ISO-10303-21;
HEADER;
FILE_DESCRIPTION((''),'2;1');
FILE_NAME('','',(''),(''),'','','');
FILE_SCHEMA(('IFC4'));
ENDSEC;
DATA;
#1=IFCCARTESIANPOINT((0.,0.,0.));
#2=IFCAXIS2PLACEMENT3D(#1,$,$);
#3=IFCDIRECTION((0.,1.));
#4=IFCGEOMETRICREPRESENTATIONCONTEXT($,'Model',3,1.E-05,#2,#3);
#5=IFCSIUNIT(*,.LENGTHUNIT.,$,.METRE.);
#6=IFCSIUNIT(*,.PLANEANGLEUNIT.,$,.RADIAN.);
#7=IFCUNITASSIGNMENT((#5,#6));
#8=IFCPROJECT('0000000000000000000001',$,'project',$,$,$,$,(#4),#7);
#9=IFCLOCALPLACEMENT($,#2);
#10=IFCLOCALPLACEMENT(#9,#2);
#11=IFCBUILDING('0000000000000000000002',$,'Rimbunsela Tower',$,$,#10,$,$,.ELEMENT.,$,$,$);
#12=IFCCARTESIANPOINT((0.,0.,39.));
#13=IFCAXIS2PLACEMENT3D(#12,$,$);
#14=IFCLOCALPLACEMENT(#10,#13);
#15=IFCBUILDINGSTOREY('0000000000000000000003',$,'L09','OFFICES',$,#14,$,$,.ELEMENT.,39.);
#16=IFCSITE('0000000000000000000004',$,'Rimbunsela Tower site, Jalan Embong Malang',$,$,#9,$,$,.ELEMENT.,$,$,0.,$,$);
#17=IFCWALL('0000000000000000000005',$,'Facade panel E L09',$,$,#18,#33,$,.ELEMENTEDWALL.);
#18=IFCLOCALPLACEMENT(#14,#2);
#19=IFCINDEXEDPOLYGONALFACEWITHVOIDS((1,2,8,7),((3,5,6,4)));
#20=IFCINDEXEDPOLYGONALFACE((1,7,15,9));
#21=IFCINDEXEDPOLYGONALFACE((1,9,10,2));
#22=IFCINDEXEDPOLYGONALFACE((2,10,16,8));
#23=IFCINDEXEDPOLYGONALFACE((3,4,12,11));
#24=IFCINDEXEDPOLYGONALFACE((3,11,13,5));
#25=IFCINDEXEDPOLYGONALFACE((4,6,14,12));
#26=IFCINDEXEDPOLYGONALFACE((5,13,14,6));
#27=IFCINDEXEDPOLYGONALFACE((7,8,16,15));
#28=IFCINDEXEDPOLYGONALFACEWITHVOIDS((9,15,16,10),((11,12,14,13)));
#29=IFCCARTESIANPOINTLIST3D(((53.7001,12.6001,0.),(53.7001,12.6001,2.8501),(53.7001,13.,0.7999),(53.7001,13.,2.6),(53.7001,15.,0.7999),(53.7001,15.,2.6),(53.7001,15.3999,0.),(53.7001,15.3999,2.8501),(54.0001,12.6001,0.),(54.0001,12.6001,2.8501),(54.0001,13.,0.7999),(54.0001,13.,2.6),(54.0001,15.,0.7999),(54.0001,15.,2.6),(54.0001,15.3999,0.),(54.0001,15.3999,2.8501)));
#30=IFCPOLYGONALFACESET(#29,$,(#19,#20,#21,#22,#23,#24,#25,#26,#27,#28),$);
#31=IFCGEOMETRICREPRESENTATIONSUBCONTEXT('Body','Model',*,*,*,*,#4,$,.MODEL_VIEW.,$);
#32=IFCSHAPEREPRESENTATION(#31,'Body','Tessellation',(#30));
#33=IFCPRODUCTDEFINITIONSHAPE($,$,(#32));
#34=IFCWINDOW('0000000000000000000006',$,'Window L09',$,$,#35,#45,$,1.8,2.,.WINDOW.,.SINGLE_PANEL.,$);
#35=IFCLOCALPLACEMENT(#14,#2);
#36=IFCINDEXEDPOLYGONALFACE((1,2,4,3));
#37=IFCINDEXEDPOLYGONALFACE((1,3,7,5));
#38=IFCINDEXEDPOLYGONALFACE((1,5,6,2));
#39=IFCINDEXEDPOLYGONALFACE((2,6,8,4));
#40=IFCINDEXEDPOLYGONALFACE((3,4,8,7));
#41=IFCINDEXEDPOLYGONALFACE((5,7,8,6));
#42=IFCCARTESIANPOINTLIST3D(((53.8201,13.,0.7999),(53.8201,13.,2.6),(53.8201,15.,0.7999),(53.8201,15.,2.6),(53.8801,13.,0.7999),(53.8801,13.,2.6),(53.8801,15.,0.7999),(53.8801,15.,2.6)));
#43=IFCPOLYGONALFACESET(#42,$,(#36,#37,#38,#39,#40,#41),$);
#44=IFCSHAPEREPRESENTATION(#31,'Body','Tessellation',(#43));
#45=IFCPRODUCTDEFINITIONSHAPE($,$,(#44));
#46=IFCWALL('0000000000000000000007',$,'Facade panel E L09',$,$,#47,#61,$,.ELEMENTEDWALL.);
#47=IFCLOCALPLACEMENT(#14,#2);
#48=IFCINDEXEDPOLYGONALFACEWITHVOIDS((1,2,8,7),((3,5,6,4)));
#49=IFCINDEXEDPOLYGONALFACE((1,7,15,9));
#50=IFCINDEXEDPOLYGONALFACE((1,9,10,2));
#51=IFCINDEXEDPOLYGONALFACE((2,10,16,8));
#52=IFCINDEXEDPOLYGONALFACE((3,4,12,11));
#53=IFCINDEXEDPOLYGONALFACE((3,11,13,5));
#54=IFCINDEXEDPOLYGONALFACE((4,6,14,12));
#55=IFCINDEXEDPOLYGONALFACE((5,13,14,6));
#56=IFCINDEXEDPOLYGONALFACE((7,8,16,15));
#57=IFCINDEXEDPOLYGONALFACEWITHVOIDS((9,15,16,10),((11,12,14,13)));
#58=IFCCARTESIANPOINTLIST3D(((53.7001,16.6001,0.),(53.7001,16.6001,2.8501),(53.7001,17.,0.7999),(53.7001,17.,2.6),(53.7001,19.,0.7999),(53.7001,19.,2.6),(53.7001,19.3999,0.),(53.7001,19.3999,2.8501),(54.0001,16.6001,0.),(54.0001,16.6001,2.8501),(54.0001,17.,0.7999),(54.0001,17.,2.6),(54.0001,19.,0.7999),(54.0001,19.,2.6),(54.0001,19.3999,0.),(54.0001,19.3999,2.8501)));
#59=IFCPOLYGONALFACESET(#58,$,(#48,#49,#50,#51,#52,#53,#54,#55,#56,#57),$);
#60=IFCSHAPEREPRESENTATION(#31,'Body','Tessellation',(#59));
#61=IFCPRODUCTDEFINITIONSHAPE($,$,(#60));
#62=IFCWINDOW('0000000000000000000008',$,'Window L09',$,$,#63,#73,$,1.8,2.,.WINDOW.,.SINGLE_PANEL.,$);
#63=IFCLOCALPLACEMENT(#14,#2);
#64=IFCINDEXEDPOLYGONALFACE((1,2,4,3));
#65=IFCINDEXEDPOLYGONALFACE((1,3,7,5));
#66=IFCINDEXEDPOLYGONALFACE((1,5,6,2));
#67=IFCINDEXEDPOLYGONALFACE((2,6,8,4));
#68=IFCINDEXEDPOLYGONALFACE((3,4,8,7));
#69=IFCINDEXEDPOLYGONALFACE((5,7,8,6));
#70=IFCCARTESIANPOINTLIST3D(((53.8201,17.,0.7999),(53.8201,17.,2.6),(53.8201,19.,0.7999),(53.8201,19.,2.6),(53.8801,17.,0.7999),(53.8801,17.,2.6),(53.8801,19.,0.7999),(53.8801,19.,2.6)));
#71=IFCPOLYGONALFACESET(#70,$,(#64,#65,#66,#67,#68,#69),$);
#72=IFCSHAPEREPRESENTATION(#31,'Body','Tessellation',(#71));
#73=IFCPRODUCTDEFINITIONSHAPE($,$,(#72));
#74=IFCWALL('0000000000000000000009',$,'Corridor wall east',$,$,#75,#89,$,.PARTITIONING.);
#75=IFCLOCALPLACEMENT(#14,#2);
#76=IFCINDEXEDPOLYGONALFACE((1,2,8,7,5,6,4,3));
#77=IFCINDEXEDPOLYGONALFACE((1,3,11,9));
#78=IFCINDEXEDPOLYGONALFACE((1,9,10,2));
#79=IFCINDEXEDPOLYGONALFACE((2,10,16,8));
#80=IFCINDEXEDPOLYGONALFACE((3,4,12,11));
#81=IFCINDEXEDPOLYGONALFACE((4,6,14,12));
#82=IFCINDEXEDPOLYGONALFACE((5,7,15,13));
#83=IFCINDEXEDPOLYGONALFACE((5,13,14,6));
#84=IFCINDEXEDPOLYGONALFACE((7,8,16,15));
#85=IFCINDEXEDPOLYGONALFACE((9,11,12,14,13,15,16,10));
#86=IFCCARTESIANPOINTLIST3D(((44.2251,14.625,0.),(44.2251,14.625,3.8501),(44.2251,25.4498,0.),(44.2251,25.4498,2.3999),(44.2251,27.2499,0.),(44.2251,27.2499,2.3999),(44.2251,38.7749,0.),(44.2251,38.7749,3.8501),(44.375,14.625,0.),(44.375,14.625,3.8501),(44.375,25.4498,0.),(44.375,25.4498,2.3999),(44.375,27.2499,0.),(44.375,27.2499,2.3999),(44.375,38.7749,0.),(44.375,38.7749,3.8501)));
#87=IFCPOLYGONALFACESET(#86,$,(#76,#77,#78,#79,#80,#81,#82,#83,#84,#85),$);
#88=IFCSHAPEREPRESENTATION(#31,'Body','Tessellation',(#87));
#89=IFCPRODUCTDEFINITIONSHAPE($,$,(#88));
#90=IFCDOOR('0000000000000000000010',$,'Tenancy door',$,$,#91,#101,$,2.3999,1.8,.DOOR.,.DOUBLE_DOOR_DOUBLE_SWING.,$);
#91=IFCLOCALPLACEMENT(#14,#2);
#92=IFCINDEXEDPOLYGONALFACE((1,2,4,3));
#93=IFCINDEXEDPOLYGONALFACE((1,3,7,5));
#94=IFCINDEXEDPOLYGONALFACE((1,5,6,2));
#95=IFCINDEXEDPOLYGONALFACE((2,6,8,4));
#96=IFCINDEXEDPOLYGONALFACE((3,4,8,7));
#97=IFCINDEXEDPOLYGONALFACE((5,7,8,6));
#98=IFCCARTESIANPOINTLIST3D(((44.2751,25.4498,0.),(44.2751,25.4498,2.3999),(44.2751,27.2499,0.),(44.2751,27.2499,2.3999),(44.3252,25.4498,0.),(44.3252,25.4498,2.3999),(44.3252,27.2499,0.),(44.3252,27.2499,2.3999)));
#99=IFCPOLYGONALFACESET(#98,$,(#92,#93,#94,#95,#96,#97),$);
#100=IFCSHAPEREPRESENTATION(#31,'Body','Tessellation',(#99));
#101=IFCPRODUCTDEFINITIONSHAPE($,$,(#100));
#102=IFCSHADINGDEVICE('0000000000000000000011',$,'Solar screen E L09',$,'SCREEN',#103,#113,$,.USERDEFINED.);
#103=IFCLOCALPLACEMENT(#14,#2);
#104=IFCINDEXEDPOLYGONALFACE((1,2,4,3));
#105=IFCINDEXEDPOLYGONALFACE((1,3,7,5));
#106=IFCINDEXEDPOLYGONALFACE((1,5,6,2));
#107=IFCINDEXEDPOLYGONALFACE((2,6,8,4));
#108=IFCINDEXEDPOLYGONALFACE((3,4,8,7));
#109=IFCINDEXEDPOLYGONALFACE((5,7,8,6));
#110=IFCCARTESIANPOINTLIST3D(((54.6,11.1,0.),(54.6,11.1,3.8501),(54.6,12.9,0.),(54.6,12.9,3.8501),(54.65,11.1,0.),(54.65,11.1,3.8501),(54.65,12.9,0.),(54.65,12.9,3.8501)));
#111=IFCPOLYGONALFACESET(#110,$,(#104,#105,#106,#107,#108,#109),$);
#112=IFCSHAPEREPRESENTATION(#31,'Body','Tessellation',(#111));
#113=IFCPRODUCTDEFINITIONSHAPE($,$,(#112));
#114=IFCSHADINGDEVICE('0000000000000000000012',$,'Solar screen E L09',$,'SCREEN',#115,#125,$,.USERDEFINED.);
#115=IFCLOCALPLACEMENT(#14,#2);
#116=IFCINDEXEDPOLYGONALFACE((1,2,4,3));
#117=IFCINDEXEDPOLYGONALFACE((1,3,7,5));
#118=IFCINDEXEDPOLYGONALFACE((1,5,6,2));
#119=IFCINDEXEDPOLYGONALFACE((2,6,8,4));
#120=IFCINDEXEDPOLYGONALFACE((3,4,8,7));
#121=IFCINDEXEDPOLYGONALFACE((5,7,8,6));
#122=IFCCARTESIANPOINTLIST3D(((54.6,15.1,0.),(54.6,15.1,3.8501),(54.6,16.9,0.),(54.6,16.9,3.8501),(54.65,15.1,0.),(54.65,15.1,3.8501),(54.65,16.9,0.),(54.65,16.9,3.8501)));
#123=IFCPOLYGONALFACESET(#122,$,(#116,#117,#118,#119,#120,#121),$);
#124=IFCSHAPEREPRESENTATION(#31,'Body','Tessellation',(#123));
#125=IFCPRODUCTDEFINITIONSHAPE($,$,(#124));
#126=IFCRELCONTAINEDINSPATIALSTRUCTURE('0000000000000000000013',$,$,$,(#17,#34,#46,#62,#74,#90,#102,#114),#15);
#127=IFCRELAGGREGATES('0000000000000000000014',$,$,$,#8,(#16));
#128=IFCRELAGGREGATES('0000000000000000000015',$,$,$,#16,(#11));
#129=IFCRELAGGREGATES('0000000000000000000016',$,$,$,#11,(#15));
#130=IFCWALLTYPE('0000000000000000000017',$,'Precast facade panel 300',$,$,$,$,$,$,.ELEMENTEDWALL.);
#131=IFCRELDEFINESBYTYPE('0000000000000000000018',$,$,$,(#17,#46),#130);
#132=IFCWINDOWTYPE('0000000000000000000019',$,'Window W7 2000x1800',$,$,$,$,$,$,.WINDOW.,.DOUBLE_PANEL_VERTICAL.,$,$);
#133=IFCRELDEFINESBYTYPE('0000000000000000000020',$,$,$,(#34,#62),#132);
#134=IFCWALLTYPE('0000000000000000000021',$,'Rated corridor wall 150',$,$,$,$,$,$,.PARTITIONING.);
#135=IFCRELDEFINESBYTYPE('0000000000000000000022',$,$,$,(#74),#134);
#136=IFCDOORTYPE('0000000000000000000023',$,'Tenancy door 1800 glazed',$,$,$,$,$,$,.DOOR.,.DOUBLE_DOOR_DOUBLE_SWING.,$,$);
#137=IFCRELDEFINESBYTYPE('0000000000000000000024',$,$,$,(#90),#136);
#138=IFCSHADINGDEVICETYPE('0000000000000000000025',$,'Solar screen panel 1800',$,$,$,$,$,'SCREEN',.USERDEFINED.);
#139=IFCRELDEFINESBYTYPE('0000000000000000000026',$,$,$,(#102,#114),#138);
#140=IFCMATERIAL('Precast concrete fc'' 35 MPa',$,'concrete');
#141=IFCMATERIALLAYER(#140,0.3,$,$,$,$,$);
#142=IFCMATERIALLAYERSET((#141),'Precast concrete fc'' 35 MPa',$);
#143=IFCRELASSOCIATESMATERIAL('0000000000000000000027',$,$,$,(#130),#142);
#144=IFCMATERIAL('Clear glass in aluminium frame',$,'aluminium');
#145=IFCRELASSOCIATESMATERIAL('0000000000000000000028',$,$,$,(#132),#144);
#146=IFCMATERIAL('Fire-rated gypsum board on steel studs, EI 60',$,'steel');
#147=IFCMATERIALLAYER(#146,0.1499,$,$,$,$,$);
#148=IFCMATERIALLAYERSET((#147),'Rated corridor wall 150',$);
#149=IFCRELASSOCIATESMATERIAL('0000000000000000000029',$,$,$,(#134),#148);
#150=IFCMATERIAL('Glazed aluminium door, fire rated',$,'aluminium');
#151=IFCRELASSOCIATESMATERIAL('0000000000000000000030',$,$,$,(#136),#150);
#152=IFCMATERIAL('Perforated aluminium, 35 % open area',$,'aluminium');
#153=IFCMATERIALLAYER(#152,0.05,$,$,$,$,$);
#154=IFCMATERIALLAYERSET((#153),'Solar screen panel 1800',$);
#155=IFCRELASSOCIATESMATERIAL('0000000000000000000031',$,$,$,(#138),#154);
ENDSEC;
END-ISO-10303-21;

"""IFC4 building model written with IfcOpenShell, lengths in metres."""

from ifc_helpers import new_model, si_unit, direction, frame, frame_2d, origin, origin_2d, place, context, subcontext, project, spatial, rectangle, extrude, material, layer, layer_set, type_object, element, fill, save


model = new_model("IFC4")

# Units and contexts
model_context = context("Model", 3, precision=1e-05, world=origin(), true_north=direction((0.0, 1.0)))
body_context = subcontext(model_context, "Body", "Model", "MODEL_VIEW")
ifc_project = project(units=[si_unit("LENGTHUNIT", "METRE"), si_unit("PLANEANGLEUNIT", "RADIAN")], contexts=[model_context])

# Site, building, storey
site_placement = place(None, origin())
site = spatial("IfcSite", under=ifc_project, at=site_placement, Name="Rimbunsela Tower site, Jalan Embong Malang", CompositionType="ELEMENT", RefElevation=0.0)
building_placement = place(site_placement, origin())
building = spatial("IfcBuilding", under=site, at=building_placement, Name="Rimbunsela Tower", CompositionType="ELEMENT")
storey_placement = place(building_placement, frame((0.0, 0.0, 39.0)))
storey = spatial("IfcBuildingStorey", under=building, at=storey_placement, Name="L09", Description="OFFICES", CompositionType="ELEMENT", Elevation=39.0)

# Walls, openings, windows
ifc_material_1 = material(Name="Precast concrete fc' 35 MPa", Category="concrete")
ifc_layer_1 = layer(ifc_material_1, 0.3)
ifc_layer_set_1 = layer_set([ifc_layer_1], Name="Precast concrete fc' 35 MPa")
wall_type_1 = type_object("IfcWallType", Name="Precast facade panel 300", PredefinedType="ELEMENTEDWALL", material=ifc_layer_set_1)
wall_1_placement = place(storey_placement, frame((53.8501, 12.6001, 0.0), z_axis=(0.0, 0.0, 1.0), x_axis=(0.0, 1.0, 0.0)))
wall_1 = element("IfcWall", 1, at=wall_1_placement, inside=storey, type_object=wall_type_1, Name="Facade panel E L09", PredefinedType="ELEMENTEDWALL", context=body_context, shape_type="SweptSolid", body=[
    extrude(rectangle(XDim=2.7998, YDim=0.3, at=frame_2d((1.3999, 0.0))), origin(), (0.0, 0.0, 1.0), 2.8501),
])
opening_1_placement = place(wall_1_placement, frame((0.3999, 0.0, 0.8)))
opening_1 = element("IfcOpeningElement", 2, at=opening_1_placement, cuts=wall_1, PredefinedType="OPENING", context=body_context, shape_type="SweptSolid", body=[
    extrude(rectangle(XDim=2.0, YDim=1.8, at=frame_2d((1.0, 0.8999))), frame((0.0, 0.1599, 0.0), z_axis=(0.0, -1.0, 0.0), x_axis=(1.0, 0.0, 0.0)), (0.0, 0.0, 1.0), 0.3201),
])
ifc_material_2 = material(Name="Clear glass in aluminium frame", Category="aluminium")
window_type = type_object("IfcWindowType", Name="Window W7 2000x1800", PartitioningType="DOUBLE_PANEL_VERTICAL", PredefinedType="WINDOW", material=ifc_material_2)
window_1_placement = place(opening_1_placement, origin())
window_1 = element("IfcWindow", 3, at=window_1_placement, inside=storey, type_object=window_type, Name="Window L09", OverallHeight=1.8, OverallWidth=2.0, PartitioningType="SINGLE_PANEL", PredefinedType="WINDOW", context=body_context, shape_type="SweptSolid", body=[
    extrude(rectangle(XDim=2.0, YDim=1.8, at=frame_2d((1.0, 0.8999))), frame((0.0, 0.03, 0.0), z_axis=(0.0, -1.0, 0.0), x_axis=(1.0, 0.0, 0.0)), (0.0, 0.0, 1.0), 0.0601),
])
fill(opening_1, window_1)
wall_2_placement = place(storey_placement, frame((53.8501, 16.6001, 0.0), z_axis=(0.0, 0.0, 1.0), x_axis=(0.0, 1.0, 0.0)))
wall_2 = element("IfcWall", 4, at=wall_2_placement, inside=storey, type_object=wall_type_1, Name="Facade panel E L09", PredefinedType="ELEMENTEDWALL", context=body_context, shape_type="SweptSolid", body=[
    extrude(rectangle(XDim=2.7998, YDim=0.3, at=frame_2d((1.3999, 0.0))), origin(), (0.0, 0.0, 1.0), 2.8501),
])
opening_2_placement = place(wall_2_placement, frame((0.3999, 0.0, 0.8)))
opening_2 = element("IfcOpeningElement", 5, at=opening_2_placement, cuts=wall_2, PredefinedType="OPENING", context=body_context, shape_type="SweptSolid", body=[
    extrude(rectangle(XDim=2.0, YDim=1.8, at=frame_2d((1.0, 0.8999))), frame((0.0, 0.1599, 0.0), z_axis=(0.0, -1.0, 0.0), x_axis=(1.0, 0.0, 0.0)), (0.0, 0.0, 1.0), 0.3201),
])
window_2_placement = place(opening_2_placement, origin())
window_2 = element("IfcWindow", 6, at=window_2_placement, inside=storey, type_object=window_type, Name="Window L09", OverallHeight=1.8, OverallWidth=2.0, PartitioningType="SINGLE_PANEL", PredefinedType="WINDOW", context=body_context, shape_type="SweptSolid", body=[
    extrude(rectangle(XDim=2.0, YDim=1.8, at=frame_2d((1.0, 0.8999))), frame((0.0, 0.03, 0.0), z_axis=(0.0, -1.0, 0.0), x_axis=(1.0, 0.0, 0.0)), (0.0, 0.0, 1.0), 0.0601),
])
fill(opening_2, window_2)

# Wall, opening, door
ifc_material_3 = material(Name="Fire-rated gypsum board on steel studs, EI 60", Category="steel")
ifc_layer_2 = layer(ifc_material_3, 0.1499)
ifc_layer_set_2 = layer_set([ifc_layer_2], Name="Rated corridor wall 150")
wall_type_2 = type_object("IfcWallType", Name="Rated corridor wall 150", PredefinedType="PARTITIONING", material=ifc_layer_set_2)
wall_3_placement = place(storey_placement, frame((44.3, 14.625, 0.0), z_axis=(0.0, 0.0, 1.0), x_axis=(0.0, 1.0, 0.0)))
wall_3 = element("IfcWall", 7, at=wall_3_placement, inside=storey, type_object=wall_type_2, Name="Corridor wall east", PredefinedType="PARTITIONING", context=body_context, shape_type="SweptSolid", body=[
    extrude(rectangle(XDim=24.1499, YDim=0.1499, at=frame_2d((12.075, 0.0))), origin(), (0.0, 0.0, 1.0), 3.8501),
])
opening_3_placement = place(wall_3_placement, frame((10.825, 0.0, 0.0)))
opening_3 = element("IfcOpeningElement", 8, at=opening_3_placement, cuts=wall_3, PredefinedType="OPENING", context=body_context, shape_type="SweptSolid", body=[
    extrude(rectangle(XDim=1.8, YDim=2.3999, at=frame_2d((0.8999, 1.2))), frame((0.0, 0.085, 0.0), z_axis=(0.0, -1.0, 0.0), x_axis=(1.0, 0.0, 0.0)), (0.0, 0.0, 1.0), 0.1699),
])
ifc_material_4 = material(Name="Glazed aluminium door, fire rated", Category="aluminium")
door_type_1 = type_object("IfcDoorType", Name="Tenancy door 1800 glazed", OperationType="DOUBLE_DOOR_DOUBLE_SWING", PredefinedType="DOOR", material=ifc_material_4)
door_1_placement = place(opening_3_placement, origin())
door_1 = element("IfcDoor", 9, at=door_1_placement, inside=storey, type_object=door_type_1, Name="Tenancy door", OperationType="DOUBLE_DOOR_DOUBLE_SWING", OverallHeight=2.3999, OverallWidth=1.8, PredefinedType="DOOR", context=body_context, shape_type="SweptSolid", body=[
    extrude(rectangle(XDim=1.8, YDim=2.3999, at=frame_2d((0.8999, 1.2))), frame((0.0, 0.0249, 0.0), z_axis=(0.0, -1.0, 0.0), x_axis=(1.0, 0.0, 0.0)), (0.0, 0.0, 1.0), 0.05),
])
fill(opening_3, door_1)

# Shading devices
ifc_material_5 = material(Name="Perforated aluminium, 35 % open area", Category="aluminium")
ifc_layer_3 = layer(ifc_material_5, 0.05)
ifc_layer_set_3 = layer_set([ifc_layer_3], Name="Solar screen panel 1800")
shading_device_type = type_object("IfcShadingDeviceType", Name="Solar screen panel 1800", ElementType="SCREEN", PredefinedType="USERDEFINED", material=ifc_layer_set_3)
for number, where, z_axis, x_axis, name in (
    (10, (54.625, 12.0, 0.0), (0.0, 0.0, 1.0), (0.0, 1.0, 0.0), "Solar screen E L09"),
    (11, (54.625, 16.0, 0.0), (0.0, 0.0, 1.0), (0.0, 1.0, 0.0), "Solar screen E L09"),
):
    element("IfcShadingDevice", number, at=place(storey_placement, frame(where, z_axis=z_axis, x_axis=x_axis)), inside=storey, type_object=shading_device_type, Name=name, ObjectType="SCREEN", PredefinedType="USERDEFINED", context=body_context, shape_type="SweptSolid", body=[
        extrude(rectangle(XDim=1.8, YDim=0.05, at=origin_2d()), origin(), (0.0, 0.0, 1.0), 3.8501),
    ])

save(model, "model.ifc")
